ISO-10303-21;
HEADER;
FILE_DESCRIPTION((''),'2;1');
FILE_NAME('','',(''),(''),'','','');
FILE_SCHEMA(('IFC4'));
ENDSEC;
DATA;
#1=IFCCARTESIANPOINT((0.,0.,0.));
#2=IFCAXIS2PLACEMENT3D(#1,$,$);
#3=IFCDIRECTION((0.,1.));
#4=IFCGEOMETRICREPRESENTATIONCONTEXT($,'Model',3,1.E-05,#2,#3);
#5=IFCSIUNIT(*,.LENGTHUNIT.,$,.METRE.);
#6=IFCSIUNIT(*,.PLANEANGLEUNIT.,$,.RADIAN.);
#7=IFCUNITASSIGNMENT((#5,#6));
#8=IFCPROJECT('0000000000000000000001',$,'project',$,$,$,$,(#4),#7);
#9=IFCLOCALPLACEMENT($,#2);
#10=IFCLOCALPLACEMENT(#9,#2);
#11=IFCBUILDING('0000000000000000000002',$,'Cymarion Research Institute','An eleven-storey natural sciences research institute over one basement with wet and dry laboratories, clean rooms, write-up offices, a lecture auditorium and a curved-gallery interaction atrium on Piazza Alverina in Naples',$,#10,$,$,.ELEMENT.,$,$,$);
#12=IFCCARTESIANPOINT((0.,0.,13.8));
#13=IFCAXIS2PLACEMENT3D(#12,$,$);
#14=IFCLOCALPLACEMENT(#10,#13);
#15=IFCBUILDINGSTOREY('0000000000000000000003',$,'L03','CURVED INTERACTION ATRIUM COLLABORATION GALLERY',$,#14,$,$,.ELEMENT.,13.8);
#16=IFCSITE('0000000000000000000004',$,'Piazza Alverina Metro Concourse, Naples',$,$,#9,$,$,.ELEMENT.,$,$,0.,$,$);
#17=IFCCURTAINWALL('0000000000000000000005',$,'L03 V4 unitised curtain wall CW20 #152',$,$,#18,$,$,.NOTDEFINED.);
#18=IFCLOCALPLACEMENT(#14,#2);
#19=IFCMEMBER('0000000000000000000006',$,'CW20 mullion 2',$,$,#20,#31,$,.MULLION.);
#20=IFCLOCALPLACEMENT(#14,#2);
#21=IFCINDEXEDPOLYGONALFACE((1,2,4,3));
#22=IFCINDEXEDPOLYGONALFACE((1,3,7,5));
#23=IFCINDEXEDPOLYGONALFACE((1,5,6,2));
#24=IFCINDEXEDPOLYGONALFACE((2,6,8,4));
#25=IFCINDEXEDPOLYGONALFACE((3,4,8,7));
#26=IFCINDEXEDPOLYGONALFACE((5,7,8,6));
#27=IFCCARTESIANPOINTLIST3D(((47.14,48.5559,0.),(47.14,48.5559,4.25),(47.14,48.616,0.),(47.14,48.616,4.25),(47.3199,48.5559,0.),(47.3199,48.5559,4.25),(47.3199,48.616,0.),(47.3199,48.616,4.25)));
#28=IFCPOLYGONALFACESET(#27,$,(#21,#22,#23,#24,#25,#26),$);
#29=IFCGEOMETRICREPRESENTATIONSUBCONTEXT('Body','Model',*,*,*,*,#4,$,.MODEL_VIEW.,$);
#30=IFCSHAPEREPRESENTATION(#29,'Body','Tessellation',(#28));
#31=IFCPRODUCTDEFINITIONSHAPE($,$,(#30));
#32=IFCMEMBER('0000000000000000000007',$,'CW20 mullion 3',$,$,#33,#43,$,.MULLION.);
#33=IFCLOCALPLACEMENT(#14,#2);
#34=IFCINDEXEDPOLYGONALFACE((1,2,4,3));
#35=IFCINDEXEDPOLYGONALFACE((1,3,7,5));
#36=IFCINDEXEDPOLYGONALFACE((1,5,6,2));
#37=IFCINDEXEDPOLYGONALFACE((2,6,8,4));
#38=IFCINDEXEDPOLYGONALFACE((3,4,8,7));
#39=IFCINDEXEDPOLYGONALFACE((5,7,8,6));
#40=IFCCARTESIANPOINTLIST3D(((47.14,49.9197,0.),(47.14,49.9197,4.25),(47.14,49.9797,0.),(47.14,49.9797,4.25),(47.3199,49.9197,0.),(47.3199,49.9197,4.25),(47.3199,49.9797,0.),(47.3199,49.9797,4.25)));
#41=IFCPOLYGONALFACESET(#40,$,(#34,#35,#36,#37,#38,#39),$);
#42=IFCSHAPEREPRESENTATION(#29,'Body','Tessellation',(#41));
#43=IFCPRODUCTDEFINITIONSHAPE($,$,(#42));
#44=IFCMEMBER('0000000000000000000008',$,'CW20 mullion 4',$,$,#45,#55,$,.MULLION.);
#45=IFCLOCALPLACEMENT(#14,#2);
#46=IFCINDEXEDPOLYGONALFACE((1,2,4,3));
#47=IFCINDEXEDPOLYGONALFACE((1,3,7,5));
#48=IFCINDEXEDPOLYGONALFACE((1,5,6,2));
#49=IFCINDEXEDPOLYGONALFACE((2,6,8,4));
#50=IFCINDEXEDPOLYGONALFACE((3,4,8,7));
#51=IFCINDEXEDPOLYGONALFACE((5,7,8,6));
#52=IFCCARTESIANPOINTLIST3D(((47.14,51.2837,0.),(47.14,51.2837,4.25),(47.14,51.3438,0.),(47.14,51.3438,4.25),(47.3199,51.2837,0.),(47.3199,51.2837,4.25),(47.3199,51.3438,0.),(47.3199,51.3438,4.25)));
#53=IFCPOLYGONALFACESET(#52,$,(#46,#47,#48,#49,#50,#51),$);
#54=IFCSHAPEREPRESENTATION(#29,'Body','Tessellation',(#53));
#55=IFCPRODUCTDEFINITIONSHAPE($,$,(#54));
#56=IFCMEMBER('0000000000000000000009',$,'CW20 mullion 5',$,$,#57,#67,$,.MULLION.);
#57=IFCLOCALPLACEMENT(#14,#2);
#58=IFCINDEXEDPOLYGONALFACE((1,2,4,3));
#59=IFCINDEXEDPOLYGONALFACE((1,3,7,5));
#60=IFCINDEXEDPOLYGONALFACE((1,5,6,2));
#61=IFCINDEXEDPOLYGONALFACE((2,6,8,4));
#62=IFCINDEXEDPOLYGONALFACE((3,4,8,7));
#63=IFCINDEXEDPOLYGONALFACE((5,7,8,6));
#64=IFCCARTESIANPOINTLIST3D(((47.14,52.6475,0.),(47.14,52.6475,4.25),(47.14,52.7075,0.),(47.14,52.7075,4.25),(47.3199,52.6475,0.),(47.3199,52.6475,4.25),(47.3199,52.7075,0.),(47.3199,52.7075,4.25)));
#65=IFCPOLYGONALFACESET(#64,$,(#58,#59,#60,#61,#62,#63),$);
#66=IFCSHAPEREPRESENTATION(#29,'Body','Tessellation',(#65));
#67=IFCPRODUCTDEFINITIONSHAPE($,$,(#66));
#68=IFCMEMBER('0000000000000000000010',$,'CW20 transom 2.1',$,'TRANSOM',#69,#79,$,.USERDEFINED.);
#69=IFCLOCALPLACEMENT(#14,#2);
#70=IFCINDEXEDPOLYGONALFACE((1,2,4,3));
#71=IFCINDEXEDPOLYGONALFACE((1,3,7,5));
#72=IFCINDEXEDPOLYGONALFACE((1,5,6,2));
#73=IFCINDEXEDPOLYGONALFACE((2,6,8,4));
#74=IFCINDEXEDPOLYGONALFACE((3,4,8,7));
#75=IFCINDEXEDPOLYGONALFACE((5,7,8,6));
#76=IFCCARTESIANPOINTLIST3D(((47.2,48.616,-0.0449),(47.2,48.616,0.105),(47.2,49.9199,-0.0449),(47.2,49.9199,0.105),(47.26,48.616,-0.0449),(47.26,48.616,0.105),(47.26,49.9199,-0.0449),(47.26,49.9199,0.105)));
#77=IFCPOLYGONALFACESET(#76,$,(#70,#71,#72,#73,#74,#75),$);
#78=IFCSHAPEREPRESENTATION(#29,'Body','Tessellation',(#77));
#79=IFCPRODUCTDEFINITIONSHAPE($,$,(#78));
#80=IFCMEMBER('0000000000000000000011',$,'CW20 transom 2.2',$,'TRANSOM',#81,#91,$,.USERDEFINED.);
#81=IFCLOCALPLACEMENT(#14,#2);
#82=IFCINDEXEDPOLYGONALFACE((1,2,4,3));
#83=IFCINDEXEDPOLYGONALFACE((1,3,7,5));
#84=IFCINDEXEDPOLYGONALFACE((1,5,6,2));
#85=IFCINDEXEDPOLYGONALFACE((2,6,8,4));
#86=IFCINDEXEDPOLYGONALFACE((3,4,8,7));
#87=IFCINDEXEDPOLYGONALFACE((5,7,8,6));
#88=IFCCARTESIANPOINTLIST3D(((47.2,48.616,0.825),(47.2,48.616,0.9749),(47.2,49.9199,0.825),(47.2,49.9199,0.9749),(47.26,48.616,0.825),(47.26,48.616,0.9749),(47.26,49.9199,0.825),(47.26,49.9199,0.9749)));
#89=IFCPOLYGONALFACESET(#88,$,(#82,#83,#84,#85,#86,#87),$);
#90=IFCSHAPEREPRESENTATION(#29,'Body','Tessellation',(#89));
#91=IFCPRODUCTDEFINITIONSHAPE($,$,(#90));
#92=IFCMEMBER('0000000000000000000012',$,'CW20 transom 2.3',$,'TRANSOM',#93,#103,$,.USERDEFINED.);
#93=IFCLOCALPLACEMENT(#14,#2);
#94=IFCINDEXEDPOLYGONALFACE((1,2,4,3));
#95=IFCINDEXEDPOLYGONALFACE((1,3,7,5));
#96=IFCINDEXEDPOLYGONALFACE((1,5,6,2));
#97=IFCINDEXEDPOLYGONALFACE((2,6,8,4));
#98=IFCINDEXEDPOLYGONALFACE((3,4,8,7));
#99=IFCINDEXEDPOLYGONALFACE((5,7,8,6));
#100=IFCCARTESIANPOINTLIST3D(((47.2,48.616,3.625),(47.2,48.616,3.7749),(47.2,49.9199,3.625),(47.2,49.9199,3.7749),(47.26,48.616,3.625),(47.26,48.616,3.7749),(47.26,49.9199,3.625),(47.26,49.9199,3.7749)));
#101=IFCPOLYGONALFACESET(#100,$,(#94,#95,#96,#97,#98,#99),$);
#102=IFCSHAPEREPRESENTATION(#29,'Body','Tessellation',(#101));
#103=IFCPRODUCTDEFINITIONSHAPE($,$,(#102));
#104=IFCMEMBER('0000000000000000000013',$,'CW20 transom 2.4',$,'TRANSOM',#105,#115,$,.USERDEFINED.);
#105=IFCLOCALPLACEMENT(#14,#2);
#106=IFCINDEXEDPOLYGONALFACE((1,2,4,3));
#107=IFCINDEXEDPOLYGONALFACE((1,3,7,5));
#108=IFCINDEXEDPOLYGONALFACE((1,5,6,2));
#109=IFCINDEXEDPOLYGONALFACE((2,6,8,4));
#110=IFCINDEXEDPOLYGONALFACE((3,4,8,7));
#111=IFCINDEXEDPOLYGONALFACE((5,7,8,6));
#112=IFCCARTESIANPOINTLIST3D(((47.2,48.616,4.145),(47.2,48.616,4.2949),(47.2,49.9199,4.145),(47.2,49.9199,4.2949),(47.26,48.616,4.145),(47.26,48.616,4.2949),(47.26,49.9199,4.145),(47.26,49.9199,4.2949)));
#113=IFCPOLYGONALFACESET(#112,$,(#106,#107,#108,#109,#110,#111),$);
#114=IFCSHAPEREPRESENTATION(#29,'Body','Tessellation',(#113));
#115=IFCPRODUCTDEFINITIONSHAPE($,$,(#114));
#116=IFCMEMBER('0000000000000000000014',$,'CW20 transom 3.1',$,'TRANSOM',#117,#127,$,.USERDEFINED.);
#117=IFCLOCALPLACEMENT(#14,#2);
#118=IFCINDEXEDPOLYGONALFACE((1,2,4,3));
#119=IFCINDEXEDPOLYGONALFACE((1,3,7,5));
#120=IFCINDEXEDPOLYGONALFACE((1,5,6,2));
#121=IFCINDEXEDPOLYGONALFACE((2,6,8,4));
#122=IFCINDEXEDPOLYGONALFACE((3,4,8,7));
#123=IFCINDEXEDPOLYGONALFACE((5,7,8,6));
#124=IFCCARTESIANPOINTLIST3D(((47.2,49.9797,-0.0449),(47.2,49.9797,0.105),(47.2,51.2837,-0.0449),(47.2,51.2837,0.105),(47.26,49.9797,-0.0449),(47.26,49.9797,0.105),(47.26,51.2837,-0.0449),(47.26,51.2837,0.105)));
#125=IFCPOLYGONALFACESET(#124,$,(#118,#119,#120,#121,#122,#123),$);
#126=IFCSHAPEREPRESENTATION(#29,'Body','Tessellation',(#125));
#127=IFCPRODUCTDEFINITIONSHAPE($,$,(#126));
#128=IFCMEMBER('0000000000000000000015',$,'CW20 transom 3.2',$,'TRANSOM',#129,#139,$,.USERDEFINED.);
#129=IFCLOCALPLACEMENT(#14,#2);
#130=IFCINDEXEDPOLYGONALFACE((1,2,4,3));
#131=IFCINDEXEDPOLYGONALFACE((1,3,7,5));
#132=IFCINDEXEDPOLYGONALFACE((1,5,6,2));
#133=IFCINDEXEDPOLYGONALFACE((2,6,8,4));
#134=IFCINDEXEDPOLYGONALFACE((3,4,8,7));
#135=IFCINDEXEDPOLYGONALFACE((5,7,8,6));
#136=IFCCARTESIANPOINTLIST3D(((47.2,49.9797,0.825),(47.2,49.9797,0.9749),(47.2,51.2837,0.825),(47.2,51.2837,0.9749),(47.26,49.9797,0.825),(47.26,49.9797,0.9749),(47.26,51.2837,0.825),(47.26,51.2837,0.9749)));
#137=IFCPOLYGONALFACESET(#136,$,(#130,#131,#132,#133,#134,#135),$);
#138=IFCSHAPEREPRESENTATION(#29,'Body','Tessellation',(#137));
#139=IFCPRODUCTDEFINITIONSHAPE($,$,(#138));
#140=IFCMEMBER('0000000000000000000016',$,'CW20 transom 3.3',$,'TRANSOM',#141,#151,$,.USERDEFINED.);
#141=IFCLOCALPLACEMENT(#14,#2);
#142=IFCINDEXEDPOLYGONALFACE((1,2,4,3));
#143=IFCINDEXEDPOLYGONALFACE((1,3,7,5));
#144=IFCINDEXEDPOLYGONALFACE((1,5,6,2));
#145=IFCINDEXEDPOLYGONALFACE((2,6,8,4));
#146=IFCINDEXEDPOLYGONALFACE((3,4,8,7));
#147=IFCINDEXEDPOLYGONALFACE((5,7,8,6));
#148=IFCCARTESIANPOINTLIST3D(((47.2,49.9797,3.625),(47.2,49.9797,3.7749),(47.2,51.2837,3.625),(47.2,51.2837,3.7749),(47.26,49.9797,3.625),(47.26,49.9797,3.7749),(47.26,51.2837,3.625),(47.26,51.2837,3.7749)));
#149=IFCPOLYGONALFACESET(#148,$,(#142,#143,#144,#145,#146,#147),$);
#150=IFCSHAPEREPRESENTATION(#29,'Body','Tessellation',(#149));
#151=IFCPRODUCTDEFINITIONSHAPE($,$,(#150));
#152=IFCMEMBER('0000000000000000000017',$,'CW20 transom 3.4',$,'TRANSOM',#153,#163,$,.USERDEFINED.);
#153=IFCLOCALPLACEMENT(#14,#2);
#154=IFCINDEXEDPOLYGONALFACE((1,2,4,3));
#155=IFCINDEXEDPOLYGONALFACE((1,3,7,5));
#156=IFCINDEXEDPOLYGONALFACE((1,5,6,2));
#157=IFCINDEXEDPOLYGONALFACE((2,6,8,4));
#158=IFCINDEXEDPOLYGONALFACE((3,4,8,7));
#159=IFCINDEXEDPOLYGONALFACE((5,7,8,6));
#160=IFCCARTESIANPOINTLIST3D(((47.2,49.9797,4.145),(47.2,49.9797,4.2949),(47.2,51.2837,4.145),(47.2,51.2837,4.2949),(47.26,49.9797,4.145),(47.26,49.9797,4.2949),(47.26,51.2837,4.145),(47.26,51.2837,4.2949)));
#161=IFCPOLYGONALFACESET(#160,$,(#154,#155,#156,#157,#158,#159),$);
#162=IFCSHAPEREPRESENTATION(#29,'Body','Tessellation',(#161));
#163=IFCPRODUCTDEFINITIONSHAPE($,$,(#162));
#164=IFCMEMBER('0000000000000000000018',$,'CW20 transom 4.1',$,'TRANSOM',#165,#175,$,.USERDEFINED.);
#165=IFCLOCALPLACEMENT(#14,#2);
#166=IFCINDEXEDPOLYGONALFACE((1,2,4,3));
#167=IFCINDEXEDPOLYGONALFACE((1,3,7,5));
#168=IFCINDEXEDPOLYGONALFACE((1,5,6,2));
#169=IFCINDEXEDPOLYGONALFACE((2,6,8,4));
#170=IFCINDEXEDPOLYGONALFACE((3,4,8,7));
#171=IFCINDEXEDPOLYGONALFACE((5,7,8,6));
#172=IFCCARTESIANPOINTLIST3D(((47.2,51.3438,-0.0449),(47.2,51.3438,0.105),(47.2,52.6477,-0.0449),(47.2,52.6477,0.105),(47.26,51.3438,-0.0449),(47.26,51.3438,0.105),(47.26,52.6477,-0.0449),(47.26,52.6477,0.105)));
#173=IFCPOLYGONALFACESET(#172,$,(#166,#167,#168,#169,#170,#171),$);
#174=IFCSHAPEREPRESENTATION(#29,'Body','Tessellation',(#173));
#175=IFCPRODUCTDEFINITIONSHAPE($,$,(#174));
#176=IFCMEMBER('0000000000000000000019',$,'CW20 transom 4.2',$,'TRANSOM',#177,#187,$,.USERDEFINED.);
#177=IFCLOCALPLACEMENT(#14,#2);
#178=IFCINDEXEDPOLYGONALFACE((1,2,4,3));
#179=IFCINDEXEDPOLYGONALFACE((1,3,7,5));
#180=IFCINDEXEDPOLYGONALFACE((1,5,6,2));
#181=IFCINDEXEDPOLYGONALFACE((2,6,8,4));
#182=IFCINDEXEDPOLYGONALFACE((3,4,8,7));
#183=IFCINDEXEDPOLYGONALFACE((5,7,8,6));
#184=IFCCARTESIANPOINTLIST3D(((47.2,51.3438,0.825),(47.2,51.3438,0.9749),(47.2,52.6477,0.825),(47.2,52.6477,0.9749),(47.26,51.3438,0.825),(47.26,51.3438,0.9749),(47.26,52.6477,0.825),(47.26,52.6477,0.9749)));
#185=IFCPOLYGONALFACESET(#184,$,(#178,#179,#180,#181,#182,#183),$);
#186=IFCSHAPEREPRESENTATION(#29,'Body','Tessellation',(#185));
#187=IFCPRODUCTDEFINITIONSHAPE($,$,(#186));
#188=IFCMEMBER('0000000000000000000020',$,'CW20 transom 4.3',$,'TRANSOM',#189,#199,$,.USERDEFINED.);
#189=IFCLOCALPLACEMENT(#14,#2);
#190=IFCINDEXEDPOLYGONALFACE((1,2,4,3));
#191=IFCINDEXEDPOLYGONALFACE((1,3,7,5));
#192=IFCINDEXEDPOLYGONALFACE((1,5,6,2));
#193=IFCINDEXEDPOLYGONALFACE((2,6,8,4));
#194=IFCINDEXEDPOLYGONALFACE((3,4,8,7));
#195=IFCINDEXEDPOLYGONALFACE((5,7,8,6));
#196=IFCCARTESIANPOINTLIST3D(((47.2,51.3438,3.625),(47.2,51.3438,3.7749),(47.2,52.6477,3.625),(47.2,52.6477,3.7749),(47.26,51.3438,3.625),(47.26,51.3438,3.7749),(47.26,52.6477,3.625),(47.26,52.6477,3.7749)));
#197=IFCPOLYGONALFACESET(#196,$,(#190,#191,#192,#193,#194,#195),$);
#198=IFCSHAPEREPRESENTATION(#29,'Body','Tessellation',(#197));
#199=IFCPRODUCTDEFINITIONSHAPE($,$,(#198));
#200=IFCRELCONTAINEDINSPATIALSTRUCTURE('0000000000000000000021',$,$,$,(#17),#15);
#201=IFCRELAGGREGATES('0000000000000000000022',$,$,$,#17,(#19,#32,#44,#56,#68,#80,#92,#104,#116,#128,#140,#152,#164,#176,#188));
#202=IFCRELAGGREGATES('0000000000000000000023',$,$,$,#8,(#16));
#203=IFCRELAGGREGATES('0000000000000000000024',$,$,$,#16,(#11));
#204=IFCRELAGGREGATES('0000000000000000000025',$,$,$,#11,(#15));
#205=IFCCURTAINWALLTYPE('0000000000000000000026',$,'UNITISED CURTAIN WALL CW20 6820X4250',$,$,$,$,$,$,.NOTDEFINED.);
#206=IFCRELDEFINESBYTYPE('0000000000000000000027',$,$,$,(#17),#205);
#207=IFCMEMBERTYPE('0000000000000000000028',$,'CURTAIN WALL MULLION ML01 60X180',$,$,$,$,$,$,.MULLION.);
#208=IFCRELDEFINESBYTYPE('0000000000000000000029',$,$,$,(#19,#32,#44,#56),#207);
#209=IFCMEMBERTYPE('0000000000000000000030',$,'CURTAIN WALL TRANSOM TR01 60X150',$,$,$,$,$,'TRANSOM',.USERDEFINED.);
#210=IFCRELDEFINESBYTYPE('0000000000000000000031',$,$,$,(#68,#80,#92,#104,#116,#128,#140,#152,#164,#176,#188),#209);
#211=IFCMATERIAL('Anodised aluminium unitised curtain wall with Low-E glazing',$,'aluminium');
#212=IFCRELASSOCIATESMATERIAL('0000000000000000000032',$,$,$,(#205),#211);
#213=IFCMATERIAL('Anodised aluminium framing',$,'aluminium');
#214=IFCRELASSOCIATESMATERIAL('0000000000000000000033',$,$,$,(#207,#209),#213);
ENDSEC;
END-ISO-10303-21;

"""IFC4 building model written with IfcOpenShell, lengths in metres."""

from ifc_helpers import new_model, si_unit, direction, frame, origin, origin_2d, place, context, subcontext, project, spatial, rectangle, extrude, material, material_profile, profile_set, type_object, element, aggregate, save


model = new_model("IFC4")

# Units and contexts
model_context = context("Model", 3, precision=1e-05, world=origin(), true_north=direction((0.0, 1.0)))
body_context = subcontext(model_context, "Body", "Model", "MODEL_VIEW")
ifc_project = project(units=[si_unit("LENGTHUNIT", "METRE"), si_unit("PLANEANGLEUNIT", "RADIAN")], contexts=[model_context])

# Site, building, storey
site_placement = place(None, origin())
site = spatial("IfcSite", under=ifc_project, at=site_placement, Name="Piazza Alverina Metro Concourse, Naples", CompositionType="ELEMENT", RefElevation=0.0)
building_placement = place(site_placement, origin())
building = spatial("IfcBuilding", under=site, at=building_placement, Name="Cymarion Research Institute", Description="An eleven-storey natural sciences research institute over one basement with wet and dry laboratories, clean rooms, write-up offices, a lecture auditorium and a curved-gallery interaction atrium on Piazza Alverina in Naples", CompositionType="ELEMENT")
storey_placement = place(building_placement, frame((0.0, 0.0, 13.8)))
storey = spatial("IfcBuildingStorey", under=building, at=storey_placement, Name="L03", Description="CURVED INTERACTION ATRIUM COLLABORATION GALLERY", CompositionType="ELEMENT", Elevation=13.8)

# Curtain wall, members
ifc_material_1 = material(Name="Anodised aluminium unitised curtain wall with Low-E glazing", Category="aluminium")
curtain_wall_type = type_object("IfcCurtainWallType", Name="UNITISED CURTAIN WALL CW20 6820X4250", PredefinedType="NOTDEFINED", material=ifc_material_1)
curtain_wall_placement = place(storey_placement, origin())
curtain_wall = element("IfcCurtainWall", 1, at=curtain_wall_placement, inside=storey, type_object=curtain_wall_type, Name="L03 V4 unitised curtain wall CW20 #152", PredefinedType="NOTDEFINED")
ifc_material_2 = material(Name="Anodised aluminium framing", Category="aluminium")
ifc_material_profile_1 = material_profile(ifc_material_2, rectangle(XDim=0.0601, YDim=0.1799, at=origin_2d()), Name="ALU MULLION 60x180")
ifc_profile_set_1 = profile_set([ifc_material_profile_1], Name="Anodised aluminium framing")
member_type_1 = type_object("IfcMemberType", Name="CURTAIN WALL MULLION ML01 60X180", PredefinedType="MULLION", material=ifc_profile_set_1)
member_1_placement = place(storey_placement, frame((47.23, 48.5859, 0.0), z_axis=(0.0, 0.0, 1.0), x_axis=(0.0, 1.0, 0.0)))
member_1 = element("IfcMember", 2, at=member_1_placement, type_object=member_type_1, Name="CW20 mullion 2", PredefinedType="MULLION", context=body_context, shape_type="SweptSolid", body=[
    extrude(rectangle(XDim=0.0601, YDim=0.1799, at=origin_2d()), origin(), (0.0, 0.0, 1.0), 4.25),
])
member_2_placement = place(storey_placement, frame((47.23, 49.9497, 0.0), z_axis=(0.0, 0.0, 1.0), x_axis=(0.0, 1.0, 0.0)))
member_2 = element("IfcMember", 3, at=member_2_placement, type_object=member_type_1, Name="CW20 mullion 3", PredefinedType="MULLION", context=body_context, shape_type="SweptSolid", body=[
    extrude(rectangle(XDim=0.0601, YDim=0.1799, at=origin_2d()), origin(), (0.0, 0.0, 1.0), 4.25),
])
member_3_placement = place(storey_placement, frame((47.23, 51.3137, 0.0), z_axis=(0.0, 0.0, 1.0), x_axis=(0.0, 1.0, 0.0)))
member_3 = element("IfcMember", 4, at=member_3_placement, type_object=member_type_1, Name="CW20 mullion 4", PredefinedType="MULLION", context=body_context, shape_type="SweptSolid", body=[
    extrude(rectangle(XDim=0.0601, YDim=0.1799, at=origin_2d()), origin(), (0.0, 0.0, 1.0), 4.25),
])
member_4_placement = place(storey_placement, frame((47.23, 52.6775, 0.0), z_axis=(0.0, 0.0, 1.0), x_axis=(0.0, 1.0, 0.0)))
member_4 = element("IfcMember", 5, at=member_4_placement, type_object=member_type_1, Name="CW20 mullion 5", PredefinedType="MULLION", context=body_context, shape_type="SweptSolid", body=[
    extrude(rectangle(XDim=0.0601, YDim=0.1799, at=origin_2d()), origin(), (0.0, 0.0, 1.0), 4.25),
])
ifc_material_profile_2 = material_profile(ifc_material_2, rectangle(XDim=0.0601, YDim=0.1499, at=origin_2d()), Name="ALU TRANSOM 60x150")
ifc_profile_set_2 = profile_set([ifc_material_profile_2], Name="Anodised aluminium framing")
member_type_2 = type_object("IfcMemberType", Name="CURTAIN WALL TRANSOM TR01 60X150", ElementType="TRANSOM", PredefinedType="USERDEFINED", material=ifc_profile_set_2)
member_5_placement = place(storey_placement, frame((47.23, 48.616, 0.03), z_axis=(0.0, 1.0, 0.0), x_axis=(-1.0, 0.0, 0.0)))
member_5 = element("IfcMember", 6, at=member_5_placement, type_object=member_type_2, Name="CW20 transom 2.1", ObjectType="TRANSOM", PredefinedType="USERDEFINED", context=body_context, shape_type="SweptSolid", body=[
    extrude(rectangle(XDim=0.0601, YDim=0.1499, at=origin_2d()), origin(), (0.0, 0.0, 1.0), 1.304),
])
member_6_placement = place(storey_placement, frame((47.23, 48.616, 0.8999), z_axis=(0.0, 1.0, 0.0), x_axis=(-1.0, 0.0, 0.0)))
member_6 = element("IfcMember", 7, at=member_6_placement, type_object=member_type_2, Name="CW20 transom 2.2", ObjectType="TRANSOM", PredefinedType="USERDEFINED", context=body_context, shape_type="SweptSolid", body=[
    extrude(rectangle(XDim=0.0601, YDim=0.1499, at=origin_2d()), origin(), (0.0, 0.0, 1.0), 1.304),
])
member_7_placement = place(storey_placement, frame((47.23, 48.616, 3.7), z_axis=(0.0, 1.0, 0.0), x_axis=(-1.0, 0.0, 0.0)))
member_7 = element("IfcMember", 8, at=member_7_placement, type_object=member_type_2, Name="CW20 transom 2.3", ObjectType="TRANSOM", PredefinedType="USERDEFINED", context=body_context, shape_type="SweptSolid", body=[
    extrude(rectangle(XDim=0.0601, YDim=0.1499, at=origin_2d()), origin(), (0.0, 0.0, 1.0), 1.304),
])
member_8_placement = place(storey_placement, frame((47.23, 48.616, 4.22), z_axis=(0.0, 1.0, 0.0), x_axis=(-1.0, 0.0, 0.0)))
member_8 = element("IfcMember", 9, at=member_8_placement, type_object=member_type_2, Name="CW20 transom 2.4", ObjectType="TRANSOM", PredefinedType="USERDEFINED", context=body_context, shape_type="SweptSolid", body=[
    extrude(rectangle(XDim=0.0601, YDim=0.1499, at=origin_2d()), origin(), (0.0, 0.0, 1.0), 1.304),
])
member_9_placement = place(storey_placement, frame((47.23, 49.9797, 0.03), z_axis=(0.0, 1.0, 0.0), x_axis=(-1.0, 0.0, 0.0)))
member_9 = element("IfcMember", 10, at=member_9_placement, type_object=member_type_2, Name="CW20 transom 3.1", ObjectType="TRANSOM", PredefinedType="USERDEFINED", context=body_context, shape_type="SweptSolid", body=[
    extrude(rectangle(XDim=0.0601, YDim=0.1499, at=origin_2d()), origin(), (0.0, 0.0, 1.0), 1.304),
])
member_10_placement = place(storey_placement, frame((47.23, 49.9797, 0.8999), z_axis=(0.0, 1.0, 0.0), x_axis=(-1.0, 0.0, 0.0)))
member_10 = element("IfcMember", 11, at=member_10_placement, type_object=member_type_2, Name="CW20 transom 3.2", ObjectType="TRANSOM", PredefinedType="USERDEFINED", context=body_context, shape_type="SweptSolid", body=[
    extrude(rectangle(XDim=0.0601, YDim=0.1499, at=origin_2d()), origin(), (0.0, 0.0, 1.0), 1.304),
])
member_11_placement = place(storey_placement, frame((47.23, 49.9797, 3.7), z_axis=(0.0, 1.0, 0.0), x_axis=(-1.0, 0.0, 0.0)))
member_11 = element("IfcMember", 12, at=member_11_placement, type_object=member_type_2, Name="CW20 transom 3.3", ObjectType="TRANSOM", PredefinedType="USERDEFINED", context=body_context, shape_type="SweptSolid", body=[
    extrude(rectangle(XDim=0.0601, YDim=0.1499, at=origin_2d()), origin(), (0.0, 0.0, 1.0), 1.304),
])
member_12_placement = place(storey_placement, frame((47.23, 49.9797, 4.22), z_axis=(0.0, 1.0, 0.0), x_axis=(-1.0, 0.0, 0.0)))
member_12 = element("IfcMember", 13, at=member_12_placement, type_object=member_type_2, Name="CW20 transom 3.4", ObjectType="TRANSOM", PredefinedType="USERDEFINED", context=body_context, shape_type="SweptSolid", body=[
    extrude(rectangle(XDim=0.0601, YDim=0.1499, at=origin_2d()), origin(), (0.0, 0.0, 1.0), 1.304),
])
member_13_placement = place(storey_placement, frame((47.23, 51.3438, 0.03), z_axis=(0.0, 1.0, 0.0), x_axis=(-1.0, 0.0, 0.0)))
member_13 = element("IfcMember", 14, at=member_13_placement, type_object=member_type_2, Name="CW20 transom 4.1", ObjectType="TRANSOM", PredefinedType="USERDEFINED", context=body_context, shape_type="SweptSolid", body=[
    extrude(rectangle(XDim=0.0601, YDim=0.1499, at=origin_2d()), origin(), (0.0, 0.0, 1.0), 1.304),
])
member_14_placement = place(storey_placement, frame((47.23, 51.3438, 0.8999), z_axis=(0.0, 1.0, 0.0), x_axis=(-1.0, 0.0, 0.0)))
member_14 = element("IfcMember", 15, at=member_14_placement, type_object=member_type_2, Name="CW20 transom 4.2", ObjectType="TRANSOM", PredefinedType="USERDEFINED", context=body_context, shape_type="SweptSolid", body=[
    extrude(rectangle(XDim=0.0601, YDim=0.1499, at=origin_2d()), origin(), (0.0, 0.0, 1.0), 1.304),
])
member_15_placement = place(storey_placement, frame((47.23, 51.3438, 3.7), z_axis=(0.0, 1.0, 0.0), x_axis=(-1.0, 0.0, 0.0)))
member_15 = element("IfcMember", 16, at=member_15_placement, type_object=member_type_2, Name="CW20 transom 4.3", ObjectType="TRANSOM", PredefinedType="USERDEFINED", context=body_context, shape_type="SweptSolid", body=[
    extrude(rectangle(XDim=0.0601, YDim=0.1499, at=origin_2d()), origin(), (0.0, 0.0, 1.0), 1.304),
])
aggregate(curtain_wall, [member_1, member_2, member_3, member_4, member_5, member_6, member_7, member_8, member_9, member_10, member_11, member_12, member_13, member_14, member_15])

save(model, "model.ifc")
